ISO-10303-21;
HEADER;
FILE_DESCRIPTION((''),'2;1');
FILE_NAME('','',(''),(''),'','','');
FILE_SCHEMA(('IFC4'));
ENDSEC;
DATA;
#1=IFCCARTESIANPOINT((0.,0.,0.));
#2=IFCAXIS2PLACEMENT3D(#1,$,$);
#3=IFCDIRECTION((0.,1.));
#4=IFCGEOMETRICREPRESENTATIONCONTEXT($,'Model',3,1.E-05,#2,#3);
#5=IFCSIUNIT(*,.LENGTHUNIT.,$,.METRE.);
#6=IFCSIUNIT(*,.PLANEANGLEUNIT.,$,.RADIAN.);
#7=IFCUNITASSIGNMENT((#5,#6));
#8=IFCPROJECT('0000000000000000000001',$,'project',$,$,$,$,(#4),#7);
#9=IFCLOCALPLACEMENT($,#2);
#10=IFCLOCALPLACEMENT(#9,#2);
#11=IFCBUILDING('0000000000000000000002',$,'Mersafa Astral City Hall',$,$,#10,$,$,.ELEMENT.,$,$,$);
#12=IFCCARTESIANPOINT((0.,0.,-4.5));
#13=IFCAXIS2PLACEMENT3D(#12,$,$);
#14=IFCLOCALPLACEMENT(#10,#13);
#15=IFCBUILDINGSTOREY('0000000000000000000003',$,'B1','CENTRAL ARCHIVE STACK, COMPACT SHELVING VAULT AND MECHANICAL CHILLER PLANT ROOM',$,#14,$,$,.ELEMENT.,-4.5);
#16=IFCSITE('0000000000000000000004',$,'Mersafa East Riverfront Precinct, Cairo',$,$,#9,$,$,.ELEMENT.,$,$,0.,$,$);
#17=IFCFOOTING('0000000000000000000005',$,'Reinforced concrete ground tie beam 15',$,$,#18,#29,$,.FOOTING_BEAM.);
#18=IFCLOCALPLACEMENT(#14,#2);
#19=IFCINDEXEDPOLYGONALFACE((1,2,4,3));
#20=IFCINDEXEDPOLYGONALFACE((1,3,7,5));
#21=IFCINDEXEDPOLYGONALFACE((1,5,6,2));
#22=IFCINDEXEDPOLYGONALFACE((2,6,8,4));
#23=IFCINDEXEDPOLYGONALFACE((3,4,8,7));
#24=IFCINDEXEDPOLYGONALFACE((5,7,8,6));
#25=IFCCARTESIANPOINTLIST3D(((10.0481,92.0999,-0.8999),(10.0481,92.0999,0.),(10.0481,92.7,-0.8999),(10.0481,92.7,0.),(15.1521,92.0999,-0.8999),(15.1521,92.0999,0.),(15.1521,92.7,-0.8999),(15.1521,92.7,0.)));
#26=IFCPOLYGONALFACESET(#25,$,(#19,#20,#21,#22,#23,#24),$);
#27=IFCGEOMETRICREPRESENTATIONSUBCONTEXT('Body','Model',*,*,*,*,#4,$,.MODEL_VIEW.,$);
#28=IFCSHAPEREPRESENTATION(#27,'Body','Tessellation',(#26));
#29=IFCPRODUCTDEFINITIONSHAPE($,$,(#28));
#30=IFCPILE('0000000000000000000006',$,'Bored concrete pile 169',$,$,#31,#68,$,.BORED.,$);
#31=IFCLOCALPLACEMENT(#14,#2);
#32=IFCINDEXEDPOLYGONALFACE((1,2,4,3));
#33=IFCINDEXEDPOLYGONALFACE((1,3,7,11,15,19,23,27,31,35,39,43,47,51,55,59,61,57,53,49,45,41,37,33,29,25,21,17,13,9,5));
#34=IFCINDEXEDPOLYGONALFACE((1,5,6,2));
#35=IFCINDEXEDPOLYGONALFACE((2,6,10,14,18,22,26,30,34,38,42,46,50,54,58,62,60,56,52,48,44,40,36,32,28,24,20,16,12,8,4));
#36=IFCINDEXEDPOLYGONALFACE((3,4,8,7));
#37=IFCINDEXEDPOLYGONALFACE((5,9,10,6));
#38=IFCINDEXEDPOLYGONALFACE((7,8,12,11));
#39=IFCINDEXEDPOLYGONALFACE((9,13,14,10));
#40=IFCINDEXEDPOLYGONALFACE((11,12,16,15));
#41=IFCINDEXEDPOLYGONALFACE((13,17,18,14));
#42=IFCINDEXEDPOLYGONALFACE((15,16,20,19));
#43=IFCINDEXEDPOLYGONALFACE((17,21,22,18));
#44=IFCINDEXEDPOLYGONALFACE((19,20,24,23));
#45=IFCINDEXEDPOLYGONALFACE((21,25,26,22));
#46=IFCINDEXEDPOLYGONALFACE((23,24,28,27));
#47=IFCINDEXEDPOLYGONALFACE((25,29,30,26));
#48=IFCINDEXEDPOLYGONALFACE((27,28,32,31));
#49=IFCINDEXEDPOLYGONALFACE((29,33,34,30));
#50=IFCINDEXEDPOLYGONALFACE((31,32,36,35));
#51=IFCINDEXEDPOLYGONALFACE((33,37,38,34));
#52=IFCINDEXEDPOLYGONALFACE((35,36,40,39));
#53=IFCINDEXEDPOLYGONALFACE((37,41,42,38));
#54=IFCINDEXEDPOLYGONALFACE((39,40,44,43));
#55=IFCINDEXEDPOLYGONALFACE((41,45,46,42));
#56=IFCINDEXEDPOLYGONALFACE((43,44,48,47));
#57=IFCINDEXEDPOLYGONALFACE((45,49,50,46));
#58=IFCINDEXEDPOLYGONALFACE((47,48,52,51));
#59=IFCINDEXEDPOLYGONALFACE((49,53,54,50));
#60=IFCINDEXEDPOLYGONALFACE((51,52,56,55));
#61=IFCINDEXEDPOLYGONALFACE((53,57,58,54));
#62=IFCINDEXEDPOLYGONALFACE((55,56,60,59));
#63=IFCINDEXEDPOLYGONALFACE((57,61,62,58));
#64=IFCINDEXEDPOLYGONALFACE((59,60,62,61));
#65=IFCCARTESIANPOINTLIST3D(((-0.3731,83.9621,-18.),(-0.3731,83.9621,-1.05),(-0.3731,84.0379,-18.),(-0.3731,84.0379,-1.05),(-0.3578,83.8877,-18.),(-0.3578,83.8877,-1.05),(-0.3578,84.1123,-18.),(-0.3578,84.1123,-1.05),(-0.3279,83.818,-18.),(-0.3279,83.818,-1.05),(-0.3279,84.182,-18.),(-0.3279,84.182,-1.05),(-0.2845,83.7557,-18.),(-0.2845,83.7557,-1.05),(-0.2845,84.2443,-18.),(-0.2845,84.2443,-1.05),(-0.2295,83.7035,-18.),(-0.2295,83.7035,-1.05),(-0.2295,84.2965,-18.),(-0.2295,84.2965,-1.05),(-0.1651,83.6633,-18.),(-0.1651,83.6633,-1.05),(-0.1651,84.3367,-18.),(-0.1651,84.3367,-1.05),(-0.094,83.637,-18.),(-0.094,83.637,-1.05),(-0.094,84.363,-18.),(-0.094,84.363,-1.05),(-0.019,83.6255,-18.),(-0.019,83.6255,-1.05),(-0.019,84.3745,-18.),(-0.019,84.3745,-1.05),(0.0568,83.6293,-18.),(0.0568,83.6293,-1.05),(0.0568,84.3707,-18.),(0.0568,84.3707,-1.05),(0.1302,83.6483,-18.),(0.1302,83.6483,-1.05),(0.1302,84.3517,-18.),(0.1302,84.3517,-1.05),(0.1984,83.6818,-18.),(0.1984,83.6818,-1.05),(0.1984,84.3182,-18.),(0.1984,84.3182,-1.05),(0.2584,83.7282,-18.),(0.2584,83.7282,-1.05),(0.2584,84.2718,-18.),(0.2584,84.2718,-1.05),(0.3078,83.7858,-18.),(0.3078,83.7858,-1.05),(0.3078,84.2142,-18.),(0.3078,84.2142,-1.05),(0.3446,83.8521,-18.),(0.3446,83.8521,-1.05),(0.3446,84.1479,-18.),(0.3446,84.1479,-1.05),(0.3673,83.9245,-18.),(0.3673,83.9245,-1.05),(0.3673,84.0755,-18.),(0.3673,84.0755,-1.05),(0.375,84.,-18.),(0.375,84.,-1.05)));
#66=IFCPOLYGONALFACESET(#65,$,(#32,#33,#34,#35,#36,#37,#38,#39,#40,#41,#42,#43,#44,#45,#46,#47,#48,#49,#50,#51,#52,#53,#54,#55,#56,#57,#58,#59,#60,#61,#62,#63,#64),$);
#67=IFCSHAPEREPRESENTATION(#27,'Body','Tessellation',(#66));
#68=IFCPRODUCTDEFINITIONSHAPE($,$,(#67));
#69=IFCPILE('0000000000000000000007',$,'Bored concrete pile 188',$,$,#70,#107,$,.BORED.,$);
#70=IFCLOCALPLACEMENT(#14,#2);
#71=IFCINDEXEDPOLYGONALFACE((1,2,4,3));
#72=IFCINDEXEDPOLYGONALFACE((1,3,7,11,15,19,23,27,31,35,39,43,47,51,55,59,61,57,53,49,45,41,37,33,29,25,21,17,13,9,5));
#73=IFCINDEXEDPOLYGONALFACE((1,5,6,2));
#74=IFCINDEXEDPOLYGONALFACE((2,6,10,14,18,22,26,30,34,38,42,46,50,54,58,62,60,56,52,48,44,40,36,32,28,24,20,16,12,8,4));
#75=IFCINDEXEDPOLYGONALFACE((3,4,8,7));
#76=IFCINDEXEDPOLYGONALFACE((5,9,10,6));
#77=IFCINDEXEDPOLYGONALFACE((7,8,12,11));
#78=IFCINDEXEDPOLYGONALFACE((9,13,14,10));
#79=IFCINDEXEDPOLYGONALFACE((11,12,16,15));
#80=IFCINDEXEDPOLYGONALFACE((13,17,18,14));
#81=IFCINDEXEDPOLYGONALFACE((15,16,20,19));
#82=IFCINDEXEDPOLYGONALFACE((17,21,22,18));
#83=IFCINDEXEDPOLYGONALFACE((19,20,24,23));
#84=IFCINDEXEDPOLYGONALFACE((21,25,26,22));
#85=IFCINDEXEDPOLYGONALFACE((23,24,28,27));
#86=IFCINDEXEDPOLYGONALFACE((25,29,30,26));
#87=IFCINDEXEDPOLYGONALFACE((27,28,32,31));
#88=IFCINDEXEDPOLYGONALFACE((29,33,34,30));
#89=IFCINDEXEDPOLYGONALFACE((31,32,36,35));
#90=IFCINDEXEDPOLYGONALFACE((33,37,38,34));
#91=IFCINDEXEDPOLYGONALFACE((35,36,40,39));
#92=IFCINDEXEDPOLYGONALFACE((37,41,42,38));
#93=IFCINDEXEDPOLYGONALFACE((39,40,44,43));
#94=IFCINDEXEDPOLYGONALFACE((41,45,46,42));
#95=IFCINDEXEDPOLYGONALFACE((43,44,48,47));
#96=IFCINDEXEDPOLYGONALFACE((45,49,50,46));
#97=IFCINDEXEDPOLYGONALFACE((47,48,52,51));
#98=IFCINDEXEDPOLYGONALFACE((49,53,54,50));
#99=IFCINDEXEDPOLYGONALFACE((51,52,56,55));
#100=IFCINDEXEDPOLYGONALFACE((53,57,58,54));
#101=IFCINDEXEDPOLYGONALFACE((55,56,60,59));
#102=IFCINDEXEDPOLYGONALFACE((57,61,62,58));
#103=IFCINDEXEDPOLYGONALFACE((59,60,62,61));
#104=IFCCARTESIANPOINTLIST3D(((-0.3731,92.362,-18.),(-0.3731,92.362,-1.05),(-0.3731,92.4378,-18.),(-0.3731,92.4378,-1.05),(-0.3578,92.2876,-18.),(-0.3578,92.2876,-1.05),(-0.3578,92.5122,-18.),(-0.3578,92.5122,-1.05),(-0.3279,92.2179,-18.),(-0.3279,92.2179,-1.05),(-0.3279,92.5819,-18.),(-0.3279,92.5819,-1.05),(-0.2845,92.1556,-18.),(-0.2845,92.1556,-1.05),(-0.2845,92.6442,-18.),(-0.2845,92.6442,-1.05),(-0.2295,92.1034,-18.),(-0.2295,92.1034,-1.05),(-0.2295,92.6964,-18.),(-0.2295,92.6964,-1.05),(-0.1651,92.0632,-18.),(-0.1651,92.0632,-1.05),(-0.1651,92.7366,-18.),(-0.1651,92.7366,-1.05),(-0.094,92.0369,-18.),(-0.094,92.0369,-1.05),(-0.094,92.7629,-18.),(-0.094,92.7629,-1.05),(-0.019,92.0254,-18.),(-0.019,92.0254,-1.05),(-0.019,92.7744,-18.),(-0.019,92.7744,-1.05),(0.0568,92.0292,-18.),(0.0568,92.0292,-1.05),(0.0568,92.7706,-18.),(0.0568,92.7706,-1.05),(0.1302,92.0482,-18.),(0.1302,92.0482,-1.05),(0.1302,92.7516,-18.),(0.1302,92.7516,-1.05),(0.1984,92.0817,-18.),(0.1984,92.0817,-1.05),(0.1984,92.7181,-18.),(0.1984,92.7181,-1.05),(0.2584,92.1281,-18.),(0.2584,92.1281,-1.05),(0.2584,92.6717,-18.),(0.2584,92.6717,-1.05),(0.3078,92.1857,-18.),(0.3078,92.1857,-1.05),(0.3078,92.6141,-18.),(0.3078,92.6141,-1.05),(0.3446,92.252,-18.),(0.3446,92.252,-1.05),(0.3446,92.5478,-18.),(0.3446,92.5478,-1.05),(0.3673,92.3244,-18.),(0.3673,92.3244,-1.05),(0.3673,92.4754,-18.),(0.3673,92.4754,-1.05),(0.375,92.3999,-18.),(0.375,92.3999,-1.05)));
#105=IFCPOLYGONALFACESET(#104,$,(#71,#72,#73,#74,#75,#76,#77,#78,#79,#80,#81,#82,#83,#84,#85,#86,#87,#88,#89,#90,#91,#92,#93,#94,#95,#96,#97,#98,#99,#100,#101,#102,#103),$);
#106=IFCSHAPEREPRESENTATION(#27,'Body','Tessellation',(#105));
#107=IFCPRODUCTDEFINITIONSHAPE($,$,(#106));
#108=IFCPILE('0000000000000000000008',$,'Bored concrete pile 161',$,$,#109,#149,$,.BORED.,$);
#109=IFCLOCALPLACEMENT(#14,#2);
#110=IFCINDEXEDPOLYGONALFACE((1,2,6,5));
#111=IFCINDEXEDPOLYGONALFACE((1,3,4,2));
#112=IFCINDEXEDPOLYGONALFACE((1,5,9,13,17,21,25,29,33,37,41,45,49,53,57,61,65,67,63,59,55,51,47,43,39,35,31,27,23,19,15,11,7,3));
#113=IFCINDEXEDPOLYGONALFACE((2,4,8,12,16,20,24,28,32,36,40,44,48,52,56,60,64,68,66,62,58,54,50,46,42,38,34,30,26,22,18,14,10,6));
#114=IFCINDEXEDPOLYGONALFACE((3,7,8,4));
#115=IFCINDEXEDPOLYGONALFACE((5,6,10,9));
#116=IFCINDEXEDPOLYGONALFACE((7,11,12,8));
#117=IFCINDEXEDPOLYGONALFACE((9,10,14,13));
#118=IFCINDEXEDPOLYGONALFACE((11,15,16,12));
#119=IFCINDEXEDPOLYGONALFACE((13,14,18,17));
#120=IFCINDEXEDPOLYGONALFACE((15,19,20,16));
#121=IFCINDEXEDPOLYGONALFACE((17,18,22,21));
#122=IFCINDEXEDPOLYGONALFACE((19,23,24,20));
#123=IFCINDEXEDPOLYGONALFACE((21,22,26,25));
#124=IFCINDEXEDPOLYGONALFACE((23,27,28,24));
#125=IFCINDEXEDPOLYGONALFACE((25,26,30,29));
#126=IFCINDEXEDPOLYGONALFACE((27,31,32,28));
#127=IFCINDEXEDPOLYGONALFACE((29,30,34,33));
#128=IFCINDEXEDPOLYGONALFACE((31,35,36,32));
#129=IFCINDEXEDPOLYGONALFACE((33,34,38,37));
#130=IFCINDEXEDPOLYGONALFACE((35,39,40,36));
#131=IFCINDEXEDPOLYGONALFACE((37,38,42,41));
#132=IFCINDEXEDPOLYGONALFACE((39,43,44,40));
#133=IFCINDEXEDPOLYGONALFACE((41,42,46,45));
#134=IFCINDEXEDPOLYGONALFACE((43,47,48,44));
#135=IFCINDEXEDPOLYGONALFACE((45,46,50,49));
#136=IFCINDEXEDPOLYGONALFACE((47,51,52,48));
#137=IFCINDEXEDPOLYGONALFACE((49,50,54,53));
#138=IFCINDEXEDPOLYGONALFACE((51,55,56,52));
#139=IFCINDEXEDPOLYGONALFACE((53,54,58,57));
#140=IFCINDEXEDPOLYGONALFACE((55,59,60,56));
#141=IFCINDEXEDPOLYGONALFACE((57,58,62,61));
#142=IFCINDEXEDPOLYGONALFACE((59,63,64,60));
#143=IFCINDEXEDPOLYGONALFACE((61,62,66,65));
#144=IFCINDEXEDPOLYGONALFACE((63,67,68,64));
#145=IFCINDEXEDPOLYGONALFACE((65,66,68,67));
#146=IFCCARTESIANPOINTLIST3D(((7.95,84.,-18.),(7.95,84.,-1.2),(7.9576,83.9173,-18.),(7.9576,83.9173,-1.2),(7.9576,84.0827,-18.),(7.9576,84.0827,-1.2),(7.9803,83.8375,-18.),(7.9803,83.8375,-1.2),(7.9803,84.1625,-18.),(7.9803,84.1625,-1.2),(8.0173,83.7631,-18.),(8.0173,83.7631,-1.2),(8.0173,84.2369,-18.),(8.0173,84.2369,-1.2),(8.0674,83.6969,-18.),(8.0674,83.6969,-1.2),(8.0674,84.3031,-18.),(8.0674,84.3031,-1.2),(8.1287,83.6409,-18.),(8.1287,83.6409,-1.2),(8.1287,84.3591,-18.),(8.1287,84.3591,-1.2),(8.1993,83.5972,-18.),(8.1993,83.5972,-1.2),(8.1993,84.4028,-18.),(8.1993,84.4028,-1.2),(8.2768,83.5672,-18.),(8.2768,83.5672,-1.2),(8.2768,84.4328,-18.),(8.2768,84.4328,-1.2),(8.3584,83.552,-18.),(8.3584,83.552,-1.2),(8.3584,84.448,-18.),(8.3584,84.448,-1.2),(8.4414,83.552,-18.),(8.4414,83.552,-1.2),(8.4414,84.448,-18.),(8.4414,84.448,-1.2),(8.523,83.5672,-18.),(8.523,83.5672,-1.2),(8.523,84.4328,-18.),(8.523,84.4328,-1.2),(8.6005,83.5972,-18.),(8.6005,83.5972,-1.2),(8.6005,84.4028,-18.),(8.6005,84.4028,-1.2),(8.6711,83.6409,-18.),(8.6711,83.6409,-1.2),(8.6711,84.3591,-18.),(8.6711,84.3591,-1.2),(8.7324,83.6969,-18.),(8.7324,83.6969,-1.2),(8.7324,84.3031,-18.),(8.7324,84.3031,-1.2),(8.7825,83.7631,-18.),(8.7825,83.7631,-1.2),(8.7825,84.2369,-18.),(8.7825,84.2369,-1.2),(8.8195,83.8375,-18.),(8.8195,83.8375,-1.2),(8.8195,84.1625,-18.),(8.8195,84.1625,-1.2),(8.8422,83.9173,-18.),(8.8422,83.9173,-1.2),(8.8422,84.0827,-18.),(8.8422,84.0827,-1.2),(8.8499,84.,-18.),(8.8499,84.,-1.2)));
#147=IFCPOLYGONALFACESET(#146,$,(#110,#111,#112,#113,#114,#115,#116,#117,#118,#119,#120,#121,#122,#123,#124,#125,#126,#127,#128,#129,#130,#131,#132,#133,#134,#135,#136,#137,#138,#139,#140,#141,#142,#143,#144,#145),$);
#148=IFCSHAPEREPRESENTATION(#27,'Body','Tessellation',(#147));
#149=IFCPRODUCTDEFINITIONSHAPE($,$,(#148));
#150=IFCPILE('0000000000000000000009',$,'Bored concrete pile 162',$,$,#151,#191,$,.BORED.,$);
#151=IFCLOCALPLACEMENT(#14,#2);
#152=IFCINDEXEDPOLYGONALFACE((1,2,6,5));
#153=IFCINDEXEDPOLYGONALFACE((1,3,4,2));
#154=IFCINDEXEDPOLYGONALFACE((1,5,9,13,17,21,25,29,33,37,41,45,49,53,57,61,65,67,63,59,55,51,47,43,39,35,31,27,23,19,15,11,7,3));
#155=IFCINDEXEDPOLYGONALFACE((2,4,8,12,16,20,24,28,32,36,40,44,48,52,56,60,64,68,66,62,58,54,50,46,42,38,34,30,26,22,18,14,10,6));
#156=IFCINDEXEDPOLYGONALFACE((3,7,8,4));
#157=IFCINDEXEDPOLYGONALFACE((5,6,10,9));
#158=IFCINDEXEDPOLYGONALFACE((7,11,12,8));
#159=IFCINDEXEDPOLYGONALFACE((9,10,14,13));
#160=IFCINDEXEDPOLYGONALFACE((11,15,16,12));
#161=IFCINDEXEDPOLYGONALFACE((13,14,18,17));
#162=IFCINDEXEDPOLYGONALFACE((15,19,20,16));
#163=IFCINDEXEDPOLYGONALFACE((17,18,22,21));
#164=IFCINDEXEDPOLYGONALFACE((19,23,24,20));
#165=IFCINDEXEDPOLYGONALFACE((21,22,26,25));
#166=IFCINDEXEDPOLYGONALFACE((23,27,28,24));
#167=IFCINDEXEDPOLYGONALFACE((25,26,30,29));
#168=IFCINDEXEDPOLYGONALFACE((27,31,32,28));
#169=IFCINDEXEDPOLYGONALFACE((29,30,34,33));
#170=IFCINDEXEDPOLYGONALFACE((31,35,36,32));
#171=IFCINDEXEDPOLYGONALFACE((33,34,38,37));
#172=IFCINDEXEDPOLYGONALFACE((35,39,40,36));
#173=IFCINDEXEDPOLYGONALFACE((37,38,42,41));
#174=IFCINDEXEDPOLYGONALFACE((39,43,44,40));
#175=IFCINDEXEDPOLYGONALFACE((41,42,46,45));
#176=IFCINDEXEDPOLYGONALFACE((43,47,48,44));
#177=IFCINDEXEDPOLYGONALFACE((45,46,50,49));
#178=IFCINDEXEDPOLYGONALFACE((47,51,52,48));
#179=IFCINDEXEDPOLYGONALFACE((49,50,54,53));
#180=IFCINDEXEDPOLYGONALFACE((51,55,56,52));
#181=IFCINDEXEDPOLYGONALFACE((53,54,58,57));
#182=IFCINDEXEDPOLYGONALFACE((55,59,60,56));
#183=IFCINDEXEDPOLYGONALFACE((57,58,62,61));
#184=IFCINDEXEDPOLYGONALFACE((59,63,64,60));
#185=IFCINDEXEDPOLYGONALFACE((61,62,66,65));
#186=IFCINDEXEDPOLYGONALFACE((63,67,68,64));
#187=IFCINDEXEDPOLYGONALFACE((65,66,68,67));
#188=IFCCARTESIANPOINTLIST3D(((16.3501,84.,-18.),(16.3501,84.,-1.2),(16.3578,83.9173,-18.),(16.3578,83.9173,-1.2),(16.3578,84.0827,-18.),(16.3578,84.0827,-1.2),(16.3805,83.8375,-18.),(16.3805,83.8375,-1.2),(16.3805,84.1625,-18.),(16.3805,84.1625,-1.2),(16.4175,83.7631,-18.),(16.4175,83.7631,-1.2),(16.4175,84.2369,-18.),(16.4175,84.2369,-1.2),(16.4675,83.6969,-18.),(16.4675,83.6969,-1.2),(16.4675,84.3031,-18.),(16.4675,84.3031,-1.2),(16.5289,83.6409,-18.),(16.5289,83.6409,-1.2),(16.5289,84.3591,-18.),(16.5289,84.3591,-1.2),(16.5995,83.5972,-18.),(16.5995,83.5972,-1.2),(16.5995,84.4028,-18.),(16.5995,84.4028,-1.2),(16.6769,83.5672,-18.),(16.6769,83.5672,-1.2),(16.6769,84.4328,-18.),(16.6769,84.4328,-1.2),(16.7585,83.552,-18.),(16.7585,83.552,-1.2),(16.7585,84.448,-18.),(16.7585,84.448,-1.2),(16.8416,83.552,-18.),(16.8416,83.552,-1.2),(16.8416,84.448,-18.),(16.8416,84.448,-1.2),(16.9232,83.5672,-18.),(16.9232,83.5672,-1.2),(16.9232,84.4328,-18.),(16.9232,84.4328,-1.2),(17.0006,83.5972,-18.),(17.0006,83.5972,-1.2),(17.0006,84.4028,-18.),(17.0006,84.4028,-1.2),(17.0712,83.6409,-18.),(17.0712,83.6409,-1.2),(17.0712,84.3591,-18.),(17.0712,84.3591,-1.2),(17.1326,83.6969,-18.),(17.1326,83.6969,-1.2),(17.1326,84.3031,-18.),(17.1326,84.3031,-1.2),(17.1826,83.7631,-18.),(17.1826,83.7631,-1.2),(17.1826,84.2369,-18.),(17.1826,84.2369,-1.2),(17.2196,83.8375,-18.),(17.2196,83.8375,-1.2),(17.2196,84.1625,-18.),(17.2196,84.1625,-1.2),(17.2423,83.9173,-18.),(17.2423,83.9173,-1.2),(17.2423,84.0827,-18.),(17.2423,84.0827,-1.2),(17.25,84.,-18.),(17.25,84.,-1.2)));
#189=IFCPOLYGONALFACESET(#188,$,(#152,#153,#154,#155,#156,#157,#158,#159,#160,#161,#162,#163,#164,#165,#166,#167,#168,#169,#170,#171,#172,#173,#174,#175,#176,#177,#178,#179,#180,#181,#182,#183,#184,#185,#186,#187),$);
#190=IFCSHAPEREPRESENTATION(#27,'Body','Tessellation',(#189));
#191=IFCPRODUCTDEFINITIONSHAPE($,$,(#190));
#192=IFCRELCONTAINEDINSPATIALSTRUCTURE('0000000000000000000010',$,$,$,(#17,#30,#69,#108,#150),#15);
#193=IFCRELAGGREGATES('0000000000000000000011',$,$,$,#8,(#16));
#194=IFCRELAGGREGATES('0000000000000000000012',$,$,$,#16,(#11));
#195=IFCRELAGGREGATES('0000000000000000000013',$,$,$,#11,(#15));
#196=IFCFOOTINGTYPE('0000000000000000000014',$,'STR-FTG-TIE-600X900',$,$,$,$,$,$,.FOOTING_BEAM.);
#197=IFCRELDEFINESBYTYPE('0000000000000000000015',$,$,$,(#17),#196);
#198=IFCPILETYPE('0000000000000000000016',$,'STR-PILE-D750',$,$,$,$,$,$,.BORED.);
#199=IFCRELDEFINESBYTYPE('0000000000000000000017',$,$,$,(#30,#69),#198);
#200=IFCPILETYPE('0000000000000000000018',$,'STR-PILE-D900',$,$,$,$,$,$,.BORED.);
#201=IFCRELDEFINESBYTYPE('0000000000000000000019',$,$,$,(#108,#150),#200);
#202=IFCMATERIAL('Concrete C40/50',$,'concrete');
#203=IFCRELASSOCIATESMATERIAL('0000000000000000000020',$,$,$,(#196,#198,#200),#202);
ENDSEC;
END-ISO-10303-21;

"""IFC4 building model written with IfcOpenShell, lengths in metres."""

from ifc_helpers import new_model, si_unit, direction, frame, origin, origin_2d, place, context, subcontext, project, spatial, rectangle, circle, extrude, material, material_profile, profile_set, type_object, element, save


model = new_model("IFC4")

# Units and contexts
model_context = context("Model", 3, precision=1e-05, world=origin(), true_north=direction((0.0, 1.0)))
body_context = subcontext(model_context, "Body", "Model", "MODEL_VIEW")
ifc_project = project(units=[si_unit("LENGTHUNIT", "METRE"), si_unit("PLANEANGLEUNIT", "RADIAN")], contexts=[model_context])

# Site, building, storey
site_placement = place(None, origin())
site = spatial("IfcSite", under=ifc_project, at=site_placement, Name="Mersafa East Riverfront Precinct, Cairo", CompositionType="ELEMENT", RefElevation=0.0)
building_placement = place(site_placement, origin())
building = spatial("IfcBuilding", under=site, at=building_placement, Name="Mersafa Astral City Hall", CompositionType="ELEMENT")
storey_placement = place(building_placement, frame((0.0, 0.0, -4.5)))
storey = spatial("IfcBuildingStorey", under=building, at=storey_placement, Name="B1", Description="CENTRAL ARCHIVE STACK, COMPACT SHELVING VAULT AND MECHANICAL CHILLER PLANT ROOM", CompositionType="ELEMENT", Elevation=-4.5)

# Footing
ifc_material = material(Name="Concrete C40/50", Category="concrete")
ifc_material_profile_1 = material_profile(ifc_material, rectangle(XDim=0.6001, YDim=0.8999, at=origin_2d()), Name="RC 600x900")
ifc_profile_set_1 = profile_set([ifc_material_profile_1], Name="Concrete C40/50")
footing_type_1 = type_object("IfcFootingType", Name="STR-FTG-TIE-600X900", PredefinedType="FOOTING_BEAM", material=ifc_profile_set_1)
footing_1_placement = place(storey_placement, frame((10.0481, 92.3999, -0.45), z_axis=(1.0, 0.0, 0.0), x_axis=(0.0, 1.0, 0.0)))
element("IfcFooting", 1, at=footing_1_placement, inside=storey, type_object=footing_type_1, Name="Reinforced concrete ground tie beam 15", PredefinedType="FOOTING_BEAM", context=body_context, shape_type="SweptSolid", body=[
    extrude(rectangle(XDim=0.6001, YDim=0.8999, at=origin_2d()), origin(), (0.0, 0.0, 1.0), 5.104),
])

# Piles
ifc_material_profile_2 = material_profile(ifc_material, circle(Radius=0.375, at=origin_2d()), Name="PILE D750")
ifc_profile_set_2 = profile_set([ifc_material_profile_2], Name="Concrete C40/50")
pile_type_1 = type_object("IfcPileType", Name="STR-PILE-D750", PredefinedType="BORED", material=ifc_profile_set_2)
for number, where, z_axis, x_axis, name in (
    (2, (0.0, 84.0, -1.05), (0.0, 0.0, -1.0), (1.0, 0.0, 0.0), "Bored concrete pile 169"),
    (3, (0.0, 92.3999, -1.05), (0.0, 0.0, -1.0), (1.0, 0.0, 0.0), "Bored concrete pile 188"),
):
    element("IfcPile", number, at=place(storey_placement, frame(where, z_axis=z_axis, x_axis=x_axis)), inside=storey, type_object=pile_type_1, Name=name, PredefinedType="BORED", context=body_context, shape_type="SweptSolid", body=[
        extrude(circle(Radius=0.375, at=origin_2d()), origin(), (0.0, 0.0, 1.0), 16.95),
    ])
ifc_material_profile_3 = material_profile(ifc_material, circle(Radius=0.45, at=origin_2d()), Name="PILE D900")
ifc_profile_set_3 = profile_set([ifc_material_profile_3], Name="Concrete C40/50")
pile_type_2 = type_object("IfcPileType", Name="STR-PILE-D900", PredefinedType="BORED", material=ifc_profile_set_3)
for number, where, z_axis, x_axis, name in (
    (4, (8.3999, 84.0, -1.2), (0.0, 0.0, -1.0), (1.0, 0.0, 0.0), "Bored concrete pile 161"),
    (5, (16.8, 84.0, -1.2), (0.0, 0.0, -1.0), (1.0, 0.0, 0.0), "Bored concrete pile 162"),
):
    element("IfcPile", number, at=place(storey_placement, frame(where, z_axis=z_axis, x_axis=x_axis)), inside=storey, type_object=pile_type_2, Name=name, PredefinedType="BORED", context=body_context, shape_type="SweptSolid", body=[
        extrude(circle(Radius=0.45, at=origin_2d()), origin(), (0.0, 0.0, 1.0), 16.8),
    ])

save(model, "model.ifc")
